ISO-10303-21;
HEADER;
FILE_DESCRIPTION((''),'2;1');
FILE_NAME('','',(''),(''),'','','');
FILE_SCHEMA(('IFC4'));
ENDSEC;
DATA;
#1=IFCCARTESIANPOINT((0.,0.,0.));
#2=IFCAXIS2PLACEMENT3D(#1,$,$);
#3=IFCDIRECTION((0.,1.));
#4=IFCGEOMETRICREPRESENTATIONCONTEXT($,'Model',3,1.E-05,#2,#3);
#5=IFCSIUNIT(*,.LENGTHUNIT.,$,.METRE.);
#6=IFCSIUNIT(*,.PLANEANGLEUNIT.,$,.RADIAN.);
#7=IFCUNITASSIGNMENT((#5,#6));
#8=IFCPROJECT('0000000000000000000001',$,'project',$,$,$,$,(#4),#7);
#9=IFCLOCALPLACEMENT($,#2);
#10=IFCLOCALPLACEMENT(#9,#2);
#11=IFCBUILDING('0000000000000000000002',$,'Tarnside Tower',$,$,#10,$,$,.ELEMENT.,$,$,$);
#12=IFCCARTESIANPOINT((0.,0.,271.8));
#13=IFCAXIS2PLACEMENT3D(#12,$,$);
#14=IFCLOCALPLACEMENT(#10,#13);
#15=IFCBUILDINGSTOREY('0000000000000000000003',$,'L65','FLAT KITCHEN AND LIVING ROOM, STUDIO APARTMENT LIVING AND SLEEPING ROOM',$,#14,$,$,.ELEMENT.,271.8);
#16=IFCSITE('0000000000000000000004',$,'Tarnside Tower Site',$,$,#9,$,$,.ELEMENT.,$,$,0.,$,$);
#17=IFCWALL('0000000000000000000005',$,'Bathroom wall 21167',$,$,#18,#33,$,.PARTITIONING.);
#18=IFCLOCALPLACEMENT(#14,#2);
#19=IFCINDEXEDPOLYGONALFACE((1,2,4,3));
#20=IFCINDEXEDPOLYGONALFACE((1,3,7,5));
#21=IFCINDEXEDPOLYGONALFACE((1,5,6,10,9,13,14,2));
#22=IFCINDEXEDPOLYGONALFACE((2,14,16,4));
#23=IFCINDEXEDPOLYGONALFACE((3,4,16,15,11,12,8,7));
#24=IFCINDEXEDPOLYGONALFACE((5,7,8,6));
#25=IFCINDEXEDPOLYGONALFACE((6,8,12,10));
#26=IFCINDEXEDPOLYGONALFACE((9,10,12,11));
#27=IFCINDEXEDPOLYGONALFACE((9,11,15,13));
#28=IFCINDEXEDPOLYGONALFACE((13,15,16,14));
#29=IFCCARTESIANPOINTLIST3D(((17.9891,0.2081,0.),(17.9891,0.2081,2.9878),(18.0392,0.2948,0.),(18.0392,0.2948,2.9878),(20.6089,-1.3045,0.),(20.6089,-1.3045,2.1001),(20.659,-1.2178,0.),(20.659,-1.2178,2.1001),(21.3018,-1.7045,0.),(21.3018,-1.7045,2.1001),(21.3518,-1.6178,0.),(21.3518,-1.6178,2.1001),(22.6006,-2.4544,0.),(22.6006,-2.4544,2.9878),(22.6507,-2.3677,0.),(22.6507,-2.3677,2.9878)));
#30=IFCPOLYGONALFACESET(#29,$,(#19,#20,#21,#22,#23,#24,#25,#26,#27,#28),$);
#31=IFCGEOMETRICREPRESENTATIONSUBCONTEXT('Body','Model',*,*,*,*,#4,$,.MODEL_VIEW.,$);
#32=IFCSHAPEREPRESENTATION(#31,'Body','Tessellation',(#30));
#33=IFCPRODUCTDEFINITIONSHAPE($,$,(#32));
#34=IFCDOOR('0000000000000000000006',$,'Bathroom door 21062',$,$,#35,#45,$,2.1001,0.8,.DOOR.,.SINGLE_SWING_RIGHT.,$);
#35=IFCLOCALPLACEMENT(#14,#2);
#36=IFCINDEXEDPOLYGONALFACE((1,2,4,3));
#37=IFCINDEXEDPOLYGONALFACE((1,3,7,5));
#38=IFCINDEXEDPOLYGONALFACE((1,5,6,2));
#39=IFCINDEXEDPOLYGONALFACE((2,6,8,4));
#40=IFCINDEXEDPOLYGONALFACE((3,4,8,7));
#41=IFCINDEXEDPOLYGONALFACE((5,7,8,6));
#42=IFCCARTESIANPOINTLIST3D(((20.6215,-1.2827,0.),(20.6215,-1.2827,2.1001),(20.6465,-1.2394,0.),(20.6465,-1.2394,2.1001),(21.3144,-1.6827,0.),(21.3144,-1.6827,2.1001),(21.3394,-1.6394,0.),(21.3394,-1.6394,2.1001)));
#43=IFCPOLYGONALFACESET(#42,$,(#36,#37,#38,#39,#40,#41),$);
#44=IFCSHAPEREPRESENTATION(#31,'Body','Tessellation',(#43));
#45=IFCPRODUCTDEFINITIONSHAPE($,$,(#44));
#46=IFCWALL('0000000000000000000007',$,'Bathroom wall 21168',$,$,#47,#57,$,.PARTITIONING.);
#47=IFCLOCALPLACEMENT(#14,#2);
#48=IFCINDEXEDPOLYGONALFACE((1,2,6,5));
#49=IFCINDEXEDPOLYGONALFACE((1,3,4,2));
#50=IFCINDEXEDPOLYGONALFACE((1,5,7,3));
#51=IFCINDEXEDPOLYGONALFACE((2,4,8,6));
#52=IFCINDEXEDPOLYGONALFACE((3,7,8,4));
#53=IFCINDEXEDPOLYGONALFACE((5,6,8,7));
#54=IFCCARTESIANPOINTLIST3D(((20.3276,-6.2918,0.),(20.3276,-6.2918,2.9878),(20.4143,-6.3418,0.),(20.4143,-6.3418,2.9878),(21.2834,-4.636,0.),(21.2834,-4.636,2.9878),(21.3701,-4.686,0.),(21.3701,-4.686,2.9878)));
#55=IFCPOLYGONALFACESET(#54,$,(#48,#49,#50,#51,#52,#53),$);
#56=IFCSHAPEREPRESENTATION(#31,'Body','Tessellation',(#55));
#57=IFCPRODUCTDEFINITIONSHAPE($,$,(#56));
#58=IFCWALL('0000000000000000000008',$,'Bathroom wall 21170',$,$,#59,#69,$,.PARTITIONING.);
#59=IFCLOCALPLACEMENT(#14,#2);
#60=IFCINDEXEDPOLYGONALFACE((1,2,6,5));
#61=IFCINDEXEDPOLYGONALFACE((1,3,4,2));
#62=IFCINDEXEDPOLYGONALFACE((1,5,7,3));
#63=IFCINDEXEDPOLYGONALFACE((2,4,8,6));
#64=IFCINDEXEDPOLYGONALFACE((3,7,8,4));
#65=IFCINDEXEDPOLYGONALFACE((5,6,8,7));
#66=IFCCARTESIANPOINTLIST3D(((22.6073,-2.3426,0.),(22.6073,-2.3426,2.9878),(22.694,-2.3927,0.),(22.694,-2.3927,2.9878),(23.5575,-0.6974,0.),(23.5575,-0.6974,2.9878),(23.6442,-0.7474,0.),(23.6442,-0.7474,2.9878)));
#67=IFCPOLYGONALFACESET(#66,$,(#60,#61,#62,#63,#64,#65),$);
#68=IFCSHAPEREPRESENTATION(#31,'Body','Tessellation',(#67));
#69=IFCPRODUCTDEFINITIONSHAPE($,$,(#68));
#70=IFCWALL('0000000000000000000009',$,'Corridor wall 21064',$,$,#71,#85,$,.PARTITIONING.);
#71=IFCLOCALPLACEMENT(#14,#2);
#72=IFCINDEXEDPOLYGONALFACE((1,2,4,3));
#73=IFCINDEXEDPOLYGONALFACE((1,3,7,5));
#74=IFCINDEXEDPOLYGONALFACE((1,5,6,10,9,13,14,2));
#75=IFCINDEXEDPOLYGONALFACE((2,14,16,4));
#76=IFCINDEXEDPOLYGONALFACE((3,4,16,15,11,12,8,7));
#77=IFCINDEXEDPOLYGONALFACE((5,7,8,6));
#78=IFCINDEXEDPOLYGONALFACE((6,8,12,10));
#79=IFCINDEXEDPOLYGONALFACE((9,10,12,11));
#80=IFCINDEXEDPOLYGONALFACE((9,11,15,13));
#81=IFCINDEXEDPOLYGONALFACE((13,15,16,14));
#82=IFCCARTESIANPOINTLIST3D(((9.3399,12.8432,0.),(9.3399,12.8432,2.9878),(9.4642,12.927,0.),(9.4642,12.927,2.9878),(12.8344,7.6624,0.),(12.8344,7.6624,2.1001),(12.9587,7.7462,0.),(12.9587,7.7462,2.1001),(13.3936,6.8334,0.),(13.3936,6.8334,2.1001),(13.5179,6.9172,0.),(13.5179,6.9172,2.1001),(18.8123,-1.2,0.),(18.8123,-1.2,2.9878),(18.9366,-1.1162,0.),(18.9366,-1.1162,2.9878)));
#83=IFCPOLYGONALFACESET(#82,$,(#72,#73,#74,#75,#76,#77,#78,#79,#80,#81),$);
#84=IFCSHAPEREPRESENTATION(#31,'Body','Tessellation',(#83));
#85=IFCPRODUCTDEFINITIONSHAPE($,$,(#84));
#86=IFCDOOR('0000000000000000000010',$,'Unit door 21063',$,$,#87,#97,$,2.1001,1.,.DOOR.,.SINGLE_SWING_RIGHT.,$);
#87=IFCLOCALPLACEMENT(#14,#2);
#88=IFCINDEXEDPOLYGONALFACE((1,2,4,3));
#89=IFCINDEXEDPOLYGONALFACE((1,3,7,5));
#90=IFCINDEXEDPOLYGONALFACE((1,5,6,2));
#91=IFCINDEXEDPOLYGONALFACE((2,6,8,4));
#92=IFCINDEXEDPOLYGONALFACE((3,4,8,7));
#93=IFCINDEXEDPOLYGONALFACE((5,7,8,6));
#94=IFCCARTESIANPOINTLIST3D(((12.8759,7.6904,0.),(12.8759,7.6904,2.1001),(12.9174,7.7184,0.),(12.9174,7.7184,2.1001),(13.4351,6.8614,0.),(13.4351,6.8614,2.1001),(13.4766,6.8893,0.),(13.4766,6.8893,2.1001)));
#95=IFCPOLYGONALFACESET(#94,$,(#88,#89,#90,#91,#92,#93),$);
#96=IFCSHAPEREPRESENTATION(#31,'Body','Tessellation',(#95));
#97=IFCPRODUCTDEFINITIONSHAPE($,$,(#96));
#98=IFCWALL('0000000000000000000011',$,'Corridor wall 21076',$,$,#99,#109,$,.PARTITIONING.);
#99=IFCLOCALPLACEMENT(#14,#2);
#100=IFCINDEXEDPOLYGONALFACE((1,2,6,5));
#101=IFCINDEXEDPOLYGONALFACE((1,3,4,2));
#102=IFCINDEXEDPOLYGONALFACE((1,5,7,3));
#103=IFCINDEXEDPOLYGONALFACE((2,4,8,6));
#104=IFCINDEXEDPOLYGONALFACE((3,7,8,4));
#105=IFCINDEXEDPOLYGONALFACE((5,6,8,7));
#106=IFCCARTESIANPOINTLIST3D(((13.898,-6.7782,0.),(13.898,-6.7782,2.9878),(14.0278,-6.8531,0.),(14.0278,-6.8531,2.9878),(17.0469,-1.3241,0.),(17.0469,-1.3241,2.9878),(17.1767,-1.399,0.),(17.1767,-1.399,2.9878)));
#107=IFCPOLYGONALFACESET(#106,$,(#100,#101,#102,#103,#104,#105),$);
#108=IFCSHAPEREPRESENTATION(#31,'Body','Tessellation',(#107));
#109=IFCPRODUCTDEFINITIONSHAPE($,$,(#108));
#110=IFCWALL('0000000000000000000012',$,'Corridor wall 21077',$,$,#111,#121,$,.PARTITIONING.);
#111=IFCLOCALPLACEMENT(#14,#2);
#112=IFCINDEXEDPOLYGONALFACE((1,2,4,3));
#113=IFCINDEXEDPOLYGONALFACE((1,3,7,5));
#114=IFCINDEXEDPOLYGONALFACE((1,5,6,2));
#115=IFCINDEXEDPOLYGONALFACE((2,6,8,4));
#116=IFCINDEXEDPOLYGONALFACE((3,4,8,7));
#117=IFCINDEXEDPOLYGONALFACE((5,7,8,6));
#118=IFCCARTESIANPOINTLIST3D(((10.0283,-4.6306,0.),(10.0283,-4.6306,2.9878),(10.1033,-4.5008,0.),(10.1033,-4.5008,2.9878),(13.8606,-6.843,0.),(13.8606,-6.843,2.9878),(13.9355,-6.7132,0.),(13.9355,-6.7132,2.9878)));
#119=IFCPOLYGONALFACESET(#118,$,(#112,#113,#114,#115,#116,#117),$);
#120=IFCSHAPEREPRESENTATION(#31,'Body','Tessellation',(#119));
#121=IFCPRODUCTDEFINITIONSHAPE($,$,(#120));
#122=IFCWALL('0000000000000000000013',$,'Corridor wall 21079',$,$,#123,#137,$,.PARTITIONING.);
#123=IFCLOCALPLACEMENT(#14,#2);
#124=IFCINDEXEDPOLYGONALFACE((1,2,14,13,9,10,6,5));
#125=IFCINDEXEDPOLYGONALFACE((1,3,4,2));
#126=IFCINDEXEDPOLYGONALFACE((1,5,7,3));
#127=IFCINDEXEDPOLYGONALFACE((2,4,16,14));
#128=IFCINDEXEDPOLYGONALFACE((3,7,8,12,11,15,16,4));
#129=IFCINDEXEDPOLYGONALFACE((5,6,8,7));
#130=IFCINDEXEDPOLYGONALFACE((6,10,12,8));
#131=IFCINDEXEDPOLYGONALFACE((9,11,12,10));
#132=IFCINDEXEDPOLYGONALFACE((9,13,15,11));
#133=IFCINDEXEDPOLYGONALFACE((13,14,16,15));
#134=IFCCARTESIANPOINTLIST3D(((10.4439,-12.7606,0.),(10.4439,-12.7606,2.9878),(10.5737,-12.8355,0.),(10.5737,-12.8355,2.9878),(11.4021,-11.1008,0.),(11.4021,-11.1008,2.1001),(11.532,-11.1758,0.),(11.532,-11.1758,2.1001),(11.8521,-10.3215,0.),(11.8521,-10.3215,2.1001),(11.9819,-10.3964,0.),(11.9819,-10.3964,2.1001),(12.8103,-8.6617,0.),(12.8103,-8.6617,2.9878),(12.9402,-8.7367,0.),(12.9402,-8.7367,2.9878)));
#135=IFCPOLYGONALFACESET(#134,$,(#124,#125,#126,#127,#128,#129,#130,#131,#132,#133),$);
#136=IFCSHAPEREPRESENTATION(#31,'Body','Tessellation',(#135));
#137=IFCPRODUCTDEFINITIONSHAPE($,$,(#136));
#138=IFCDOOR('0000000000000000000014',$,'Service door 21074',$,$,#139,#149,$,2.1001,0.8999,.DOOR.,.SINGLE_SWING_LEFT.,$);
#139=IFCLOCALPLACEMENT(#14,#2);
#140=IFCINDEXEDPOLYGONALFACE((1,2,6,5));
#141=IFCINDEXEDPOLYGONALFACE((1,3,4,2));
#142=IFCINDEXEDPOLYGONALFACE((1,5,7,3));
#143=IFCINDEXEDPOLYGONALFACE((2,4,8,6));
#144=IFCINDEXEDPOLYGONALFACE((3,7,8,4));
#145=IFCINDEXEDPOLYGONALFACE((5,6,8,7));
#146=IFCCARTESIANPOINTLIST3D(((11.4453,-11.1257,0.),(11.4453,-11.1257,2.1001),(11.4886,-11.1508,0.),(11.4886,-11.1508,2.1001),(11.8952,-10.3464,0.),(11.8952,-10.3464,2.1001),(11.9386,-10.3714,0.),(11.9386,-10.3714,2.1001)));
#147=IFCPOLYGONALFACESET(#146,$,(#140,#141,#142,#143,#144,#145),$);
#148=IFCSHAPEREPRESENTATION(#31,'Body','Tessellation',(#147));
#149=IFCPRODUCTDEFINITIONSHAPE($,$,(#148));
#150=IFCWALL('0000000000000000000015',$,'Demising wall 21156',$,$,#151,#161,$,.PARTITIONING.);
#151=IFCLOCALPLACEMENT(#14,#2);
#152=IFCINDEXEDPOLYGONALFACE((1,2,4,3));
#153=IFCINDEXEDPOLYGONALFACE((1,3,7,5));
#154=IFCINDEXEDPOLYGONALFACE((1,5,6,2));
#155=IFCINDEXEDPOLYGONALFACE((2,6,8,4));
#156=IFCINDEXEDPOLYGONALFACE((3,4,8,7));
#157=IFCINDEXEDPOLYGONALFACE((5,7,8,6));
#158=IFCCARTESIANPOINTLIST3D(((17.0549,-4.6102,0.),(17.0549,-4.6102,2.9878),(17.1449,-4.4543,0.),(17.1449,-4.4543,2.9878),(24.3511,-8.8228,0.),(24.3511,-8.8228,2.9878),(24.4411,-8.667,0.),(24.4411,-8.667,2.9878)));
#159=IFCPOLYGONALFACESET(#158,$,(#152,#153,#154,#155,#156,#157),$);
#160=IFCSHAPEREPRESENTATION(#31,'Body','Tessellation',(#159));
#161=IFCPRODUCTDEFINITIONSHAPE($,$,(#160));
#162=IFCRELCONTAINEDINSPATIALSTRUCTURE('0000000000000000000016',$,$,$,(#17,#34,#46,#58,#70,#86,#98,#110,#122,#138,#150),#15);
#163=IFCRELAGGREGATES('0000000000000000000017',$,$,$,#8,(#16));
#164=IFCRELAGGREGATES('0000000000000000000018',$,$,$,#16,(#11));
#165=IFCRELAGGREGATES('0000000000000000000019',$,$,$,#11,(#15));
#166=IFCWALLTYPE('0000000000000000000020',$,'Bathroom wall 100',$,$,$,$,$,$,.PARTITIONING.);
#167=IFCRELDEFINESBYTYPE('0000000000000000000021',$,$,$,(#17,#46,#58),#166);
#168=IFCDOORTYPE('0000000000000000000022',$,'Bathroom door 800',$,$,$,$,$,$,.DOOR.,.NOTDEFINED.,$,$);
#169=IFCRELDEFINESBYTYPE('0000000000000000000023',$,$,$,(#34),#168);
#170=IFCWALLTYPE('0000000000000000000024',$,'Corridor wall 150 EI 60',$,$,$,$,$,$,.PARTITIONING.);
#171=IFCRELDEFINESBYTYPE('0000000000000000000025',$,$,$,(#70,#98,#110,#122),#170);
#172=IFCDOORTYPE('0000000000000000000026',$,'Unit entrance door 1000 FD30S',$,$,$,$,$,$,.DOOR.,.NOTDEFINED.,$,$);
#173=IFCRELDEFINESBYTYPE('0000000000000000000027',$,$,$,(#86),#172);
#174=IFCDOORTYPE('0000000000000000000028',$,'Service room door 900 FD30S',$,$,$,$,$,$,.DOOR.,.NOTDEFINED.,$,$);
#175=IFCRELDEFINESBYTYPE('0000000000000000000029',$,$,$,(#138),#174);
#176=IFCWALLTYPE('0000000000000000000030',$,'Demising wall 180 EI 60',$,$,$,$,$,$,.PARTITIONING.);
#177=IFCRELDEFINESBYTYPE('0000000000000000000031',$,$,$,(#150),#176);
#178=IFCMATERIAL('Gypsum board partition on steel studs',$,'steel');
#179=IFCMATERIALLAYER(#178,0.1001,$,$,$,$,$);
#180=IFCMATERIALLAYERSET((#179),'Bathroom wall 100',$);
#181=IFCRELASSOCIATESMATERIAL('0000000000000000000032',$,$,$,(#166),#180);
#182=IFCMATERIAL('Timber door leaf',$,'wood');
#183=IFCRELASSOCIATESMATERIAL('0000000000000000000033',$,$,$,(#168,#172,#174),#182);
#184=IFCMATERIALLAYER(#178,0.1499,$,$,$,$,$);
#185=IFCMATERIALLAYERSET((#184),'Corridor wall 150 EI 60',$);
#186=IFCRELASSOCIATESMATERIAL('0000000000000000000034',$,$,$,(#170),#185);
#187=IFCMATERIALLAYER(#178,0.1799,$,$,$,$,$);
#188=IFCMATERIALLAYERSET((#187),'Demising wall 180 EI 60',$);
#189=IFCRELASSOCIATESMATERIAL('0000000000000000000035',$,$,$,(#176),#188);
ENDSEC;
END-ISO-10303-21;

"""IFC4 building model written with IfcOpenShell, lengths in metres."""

from ifc_helpers import new_model, si_unit, direction, frame, frame_2d, origin, place, context, subcontext, project, spatial, rectangle, extrude, material, layer, layer_set, type_object, element, fill, save


model = new_model("IFC4")

# Units and contexts
model_context = context("Model", 3, precision=1e-05, world=origin(), true_north=direction((0.0, 1.0)))
body_context = subcontext(model_context, "Body", "Model", "MODEL_VIEW")
ifc_project = project(units=[si_unit("LENGTHUNIT", "METRE"), si_unit("PLANEANGLEUNIT", "RADIAN")], contexts=[model_context])

# Site, building, storey
site_placement = place(None, origin())
site = spatial("IfcSite", under=ifc_project, at=site_placement, Name="Tarnside Tower Site", CompositionType="ELEMENT", RefElevation=0.0)
building_placement = place(site_placement, origin())
building = spatial("IfcBuilding", under=site, at=building_placement, Name="Tarnside Tower", CompositionType="ELEMENT")
storey_placement = place(building_placement, frame((0.0, 0.0, 271.8)))
storey = spatial("IfcBuildingStorey", under=building, at=storey_placement, Name="L65", Description="FLAT KITCHEN AND LIVING ROOM, STUDIO APARTMENT LIVING AND SLEEPING ROOM", CompositionType="ELEMENT", Elevation=271.8)

# Shared definitions
ifc_material_1 = material(Name="Gypsum board partition on steel studs", Category="steel")
ifc_layer_1 = layer(ifc_material_1, 0.1001)
ifc_layer_set_1 = layer_set([ifc_layer_1], Name="Bathroom wall 100")
wall_type_1 = type_object("IfcWallType", Name="Bathroom wall 100", PredefinedType="PARTITIONING", material=ifc_layer_set_1)

# Wall, opening, door
ifc_material_2 = material(Name="Timber door leaf", Category="wood")
door_type_1 = type_object("IfcDoorType", Name="Bathroom door 800", OperationType="NOTDEFINED", PredefinedType="DOOR", material=ifc_material_2)
wall_1_placement = place(storey_placement, frame((22.6257, -2.4111, 0.0), z_axis=(0.0, 0.0, 1.0), x_axis=(-0.866017, 0.500015, 0.0)))
wall_1 = element("IfcWall", 1, at=wall_1_placement, inside=storey, type_object=wall_type_1, Name="Bathroom wall 21167", PredefinedType="PARTITIONING", context=body_context, shape_type="SweptSolid", body=[
    extrude(rectangle(XDim=5.325, YDim=0.1001, at=frame_2d((2.6626, 0.0))), origin(), (0.0, 0.0, 1.0), 2.9878),
])
opening_1_placement = place(wall_1_placement, frame((1.5, 0.0, 0.0)))
opening_1 = element("IfcOpeningElement", 2, at=opening_1_placement, cuts=wall_1, PredefinedType="OPENING", context=body_context, shape_type="SweptSolid", body=[
    extrude(rectangle(XDim=0.8, YDim=2.1001, at=frame_2d((0.3999, 1.05))), frame((0.0, 0.0601, 0.0), z_axis=(0.0, -1.0, 0.0), x_axis=(1.0, 0.0, 0.0)), (0.0, 0.0, 1.0), 0.1201),
])
door_1_placement = place(opening_1_placement, origin())
door_1 = element("IfcDoor", 3, at=door_1_placement, inside=storey, type_object=door_type_1, Name="Bathroom door 21062", OperationType="SINGLE_SWING_RIGHT", OverallHeight=2.1001, OverallWidth=0.8, PredefinedType="DOOR", context=body_context, shape_type="SweptSolid", body=[
    extrude(rectangle(XDim=0.8, YDim=2.1001, at=frame_2d((0.3999, 1.05))), frame((0.0, 0.0249, 0.0), z_axis=(0.0, -1.0, 0.0), x_axis=(1.0, 0.0, 0.0)), (0.0, 0.0, 1.0), 0.05),
])
fill(opening_1, door_1)

# Walls
wall_2_placement = place(storey_placement, frame((20.3708, -6.3169, 0.0), z_axis=(0.0, 0.0, 1.0), x_axis=(0.499944, 0.866058, 0.0)))
element("IfcWall", 4, at=wall_2_placement, inside=storey, type_object=wall_type_1, Name="Bathroom wall 21168", PredefinedType="PARTITIONING", context=body_context, shape_type="SweptSolid", body=[
    extrude(rectangle(XDim=1.9119, YDim=0.1001, at=frame_2d((0.9561, 0.0))), origin(), (0.0, 0.0, 1.0), 2.9878),
])
wall_3_placement = place(storey_placement, frame((23.6008, -0.7224, 0.0), z_axis=(0.0, 0.0, 1.0), x_axis=(-0.500119, -0.865957, 0.0)))
element("IfcWall", 5, at=wall_3_placement, inside=storey, type_object=wall_type_1, Name="Bathroom wall 21170", PredefinedType="PARTITIONING", context=body_context, shape_type="SweptSolid", body=[
    extrude(rectangle(XDim=1.8999, YDim=0.1001, at=frame_2d((0.95, 0.0))), origin(), (0.0, 0.0, 1.0), 2.9878),
])

# Wall, opening, door
ifc_layer_2 = layer(ifc_material_1, 0.1499)
ifc_layer_set_2 = layer_set([ifc_layer_2], Name="Corridor wall 150 EI 60")
wall_type_2 = type_object("IfcWallType", Name="Corridor wall 150 EI 60", PredefinedType="PARTITIONING", material=ifc_layer_set_2)
wall_4_placement = place(storey_placement, frame((18.8745, -1.1582, 0.0), z_axis=(0.0, 0.0, 1.0), x_axis=(-0.559199, 0.829034, 0.0)))
wall_4 = element("IfcWall", 6, at=wall_4_placement, inside=storey, type_object=wall_type_2, Name="Corridor wall 21064", PredefinedType="PARTITIONING", context=body_context, shape_type="SweptSolid", body=[
    extrude(rectangle(XDim=16.9392, YDim=0.1499, at=frame_2d((8.4697, 0.0))), origin(), (0.0, 0.0, 1.0), 2.9878),
])
opening_2_placement = place(wall_4_placement, frame((9.6902, 0.0, 0.0)))
opening_2 = element("IfcOpeningElement", 7, at=opening_2_placement, cuts=wall_4, PredefinedType="OPENING", context=body_context, shape_type="SweptSolid", body=[
    extrude(rectangle(XDim=1.0, YDim=2.1001, at=frame_2d((0.5, 1.05))), frame((0.0, 0.085, 0.0), z_axis=(0.0, -1.0, 0.0), x_axis=(1.0, 0.0, 0.0)), (0.0, 0.0, 1.0), 0.1699),
])
door_type_2 = type_object("IfcDoorType", Name="Unit entrance door 1000 FD30S", OperationType="NOTDEFINED", PredefinedType="DOOR", material=ifc_material_2)
door_2_placement = place(opening_2_placement, origin())
door_2 = element("IfcDoor", 8, at=door_2_placement, inside=storey, type_object=door_type_2, Name="Unit door 21063", OperationType="SINGLE_SWING_RIGHT", OverallHeight=2.1001, OverallWidth=1.0, PredefinedType="DOOR", context=body_context, shape_type="SweptSolid", body=[
    extrude(rectangle(XDim=1.0, YDim=2.1001, at=frame_2d((0.5, 1.05))), frame((0.0, 0.0249, 0.0), z_axis=(0.0, -1.0, 0.0), x_axis=(1.0, 0.0, 0.0)), (0.0, 0.0, 1.0), 0.05),
])
fill(opening_2, door_2)

# Walls
wall_5_placement = place(storey_placement, frame((17.1118, -1.3616, 0.0), z_axis=(0.0, 0.0, 1.0), x_axis=(-0.5, -0.866025, 0.0)))
element("IfcWall", 9, at=wall_5_placement, inside=storey, type_object=wall_type_2, Name="Corridor wall 21076", PredefinedType="PARTITIONING", context=body_context, shape_type="SweptSolid", body=[
    extrude(rectangle(XDim=6.2979, YDim=0.1499, at=frame_2d((3.1489, 0.0))), origin(), (0.0, 0.0, 1.0), 2.9878),
])
wall_6_placement = place(storey_placement, frame((13.8979, -6.7781, 0.0), z_axis=(0.0, 0.0, 1.0), x_axis=(-0.866041, 0.499972, 0.0)))
element("IfcWall", 10, at=wall_6_placement, inside=storey, type_object=wall_type_2, Name="Corridor wall 21077", PredefinedType="PARTITIONING", context=body_context, shape_type="SweptSolid", body=[
    extrude(rectangle(XDim=4.425, YDim=0.1499, at=frame_2d((2.2124, 0.0))), origin(), (0.0, 0.0, 1.0), 2.9878),
])

# Wall, opening, door
wall_7_placement = place(storey_placement, frame((12.8752, -8.6992, 0.0), z_axis=(0.0, 0.0, 1.0), x_axis=(-0.499995, -0.866028, 0.0)))
wall_7 = element("IfcWall", 11, at=wall_7_placement, inside=storey, type_object=wall_type_2, Name="Corridor wall 21079", PredefinedType="PARTITIONING", context=body_context, shape_type="SweptSolid", body=[
    extrude(rectangle(XDim=4.7329, YDim=0.1499, at=frame_2d((2.3665, 0.0))), origin(), (0.0, 0.0, 1.0), 2.9878),
])
opening_3_placement = place(wall_7_placement, frame((1.9165, 0.0, 0.0)))
opening_3 = element("IfcOpeningElement", 12, at=opening_3_placement, cuts=wall_7, PredefinedType="OPENING", context=body_context, shape_type="SweptSolid", body=[
    extrude(rectangle(XDim=0.8999, YDim=2.1001, at=frame_2d((0.45, 1.05))), frame((0.0, 0.085, 0.0), z_axis=(0.0, -1.0, 0.0), x_axis=(1.0, 0.0, 0.0)), (0.0, 0.0, 1.0), 0.1699),
])
door_type_3 = type_object("IfcDoorType", Name="Service room door 900 FD30S", OperationType="NOTDEFINED", PredefinedType="DOOR", material=ifc_material_2)
door_3_placement = place(opening_3_placement, origin())
door_3 = element("IfcDoor", 13, at=door_3_placement, inside=storey, type_object=door_type_3, Name="Service door 21074", OperationType="SINGLE_SWING_LEFT", OverallHeight=2.1001, OverallWidth=0.8999, PredefinedType="DOOR", context=body_context, shape_type="SweptSolid", body=[
    extrude(rectangle(XDim=0.8999, YDim=2.1001, at=frame_2d((0.45, 1.05))), frame((0.0, 0.0249, 0.0), z_axis=(0.0, -1.0, 0.0), x_axis=(1.0, 0.0, 0.0)), (0.0, 0.0, 1.0), 0.05),
])
fill(opening_3, door_3)

# Wall
ifc_layer_3 = layer(ifc_material_1, 0.1799)
ifc_layer_set_3 = layer_set([ifc_layer_3], Name="Demising wall 180 EI 60")
wall_type_3 = type_object("IfcWallType", Name="Demising wall 180 EI 60", PredefinedType="PARTITIONING", material=ifc_layer_set_3)
wall_8_placement = place(storey_placement, frame((24.396, -8.7449, 0.0), z_axis=(0.0, 0.0, 1.0), x_axis=(-0.866014, 0.500019, 0.0)))
element("IfcWall", 14, at=wall_8_placement, inside=storey, type_object=wall_type_3, Name="Demising wall 21156", PredefinedType="PARTITIONING", context=body_context, shape_type="SweptSolid", body=[
    extrude(rectangle(XDim=8.425, YDim=0.1799, at=frame_2d((4.2124, 0.0))), origin(), (0.0, 0.0, 1.0), 2.9878),
])

save(model, "model.ifc")
